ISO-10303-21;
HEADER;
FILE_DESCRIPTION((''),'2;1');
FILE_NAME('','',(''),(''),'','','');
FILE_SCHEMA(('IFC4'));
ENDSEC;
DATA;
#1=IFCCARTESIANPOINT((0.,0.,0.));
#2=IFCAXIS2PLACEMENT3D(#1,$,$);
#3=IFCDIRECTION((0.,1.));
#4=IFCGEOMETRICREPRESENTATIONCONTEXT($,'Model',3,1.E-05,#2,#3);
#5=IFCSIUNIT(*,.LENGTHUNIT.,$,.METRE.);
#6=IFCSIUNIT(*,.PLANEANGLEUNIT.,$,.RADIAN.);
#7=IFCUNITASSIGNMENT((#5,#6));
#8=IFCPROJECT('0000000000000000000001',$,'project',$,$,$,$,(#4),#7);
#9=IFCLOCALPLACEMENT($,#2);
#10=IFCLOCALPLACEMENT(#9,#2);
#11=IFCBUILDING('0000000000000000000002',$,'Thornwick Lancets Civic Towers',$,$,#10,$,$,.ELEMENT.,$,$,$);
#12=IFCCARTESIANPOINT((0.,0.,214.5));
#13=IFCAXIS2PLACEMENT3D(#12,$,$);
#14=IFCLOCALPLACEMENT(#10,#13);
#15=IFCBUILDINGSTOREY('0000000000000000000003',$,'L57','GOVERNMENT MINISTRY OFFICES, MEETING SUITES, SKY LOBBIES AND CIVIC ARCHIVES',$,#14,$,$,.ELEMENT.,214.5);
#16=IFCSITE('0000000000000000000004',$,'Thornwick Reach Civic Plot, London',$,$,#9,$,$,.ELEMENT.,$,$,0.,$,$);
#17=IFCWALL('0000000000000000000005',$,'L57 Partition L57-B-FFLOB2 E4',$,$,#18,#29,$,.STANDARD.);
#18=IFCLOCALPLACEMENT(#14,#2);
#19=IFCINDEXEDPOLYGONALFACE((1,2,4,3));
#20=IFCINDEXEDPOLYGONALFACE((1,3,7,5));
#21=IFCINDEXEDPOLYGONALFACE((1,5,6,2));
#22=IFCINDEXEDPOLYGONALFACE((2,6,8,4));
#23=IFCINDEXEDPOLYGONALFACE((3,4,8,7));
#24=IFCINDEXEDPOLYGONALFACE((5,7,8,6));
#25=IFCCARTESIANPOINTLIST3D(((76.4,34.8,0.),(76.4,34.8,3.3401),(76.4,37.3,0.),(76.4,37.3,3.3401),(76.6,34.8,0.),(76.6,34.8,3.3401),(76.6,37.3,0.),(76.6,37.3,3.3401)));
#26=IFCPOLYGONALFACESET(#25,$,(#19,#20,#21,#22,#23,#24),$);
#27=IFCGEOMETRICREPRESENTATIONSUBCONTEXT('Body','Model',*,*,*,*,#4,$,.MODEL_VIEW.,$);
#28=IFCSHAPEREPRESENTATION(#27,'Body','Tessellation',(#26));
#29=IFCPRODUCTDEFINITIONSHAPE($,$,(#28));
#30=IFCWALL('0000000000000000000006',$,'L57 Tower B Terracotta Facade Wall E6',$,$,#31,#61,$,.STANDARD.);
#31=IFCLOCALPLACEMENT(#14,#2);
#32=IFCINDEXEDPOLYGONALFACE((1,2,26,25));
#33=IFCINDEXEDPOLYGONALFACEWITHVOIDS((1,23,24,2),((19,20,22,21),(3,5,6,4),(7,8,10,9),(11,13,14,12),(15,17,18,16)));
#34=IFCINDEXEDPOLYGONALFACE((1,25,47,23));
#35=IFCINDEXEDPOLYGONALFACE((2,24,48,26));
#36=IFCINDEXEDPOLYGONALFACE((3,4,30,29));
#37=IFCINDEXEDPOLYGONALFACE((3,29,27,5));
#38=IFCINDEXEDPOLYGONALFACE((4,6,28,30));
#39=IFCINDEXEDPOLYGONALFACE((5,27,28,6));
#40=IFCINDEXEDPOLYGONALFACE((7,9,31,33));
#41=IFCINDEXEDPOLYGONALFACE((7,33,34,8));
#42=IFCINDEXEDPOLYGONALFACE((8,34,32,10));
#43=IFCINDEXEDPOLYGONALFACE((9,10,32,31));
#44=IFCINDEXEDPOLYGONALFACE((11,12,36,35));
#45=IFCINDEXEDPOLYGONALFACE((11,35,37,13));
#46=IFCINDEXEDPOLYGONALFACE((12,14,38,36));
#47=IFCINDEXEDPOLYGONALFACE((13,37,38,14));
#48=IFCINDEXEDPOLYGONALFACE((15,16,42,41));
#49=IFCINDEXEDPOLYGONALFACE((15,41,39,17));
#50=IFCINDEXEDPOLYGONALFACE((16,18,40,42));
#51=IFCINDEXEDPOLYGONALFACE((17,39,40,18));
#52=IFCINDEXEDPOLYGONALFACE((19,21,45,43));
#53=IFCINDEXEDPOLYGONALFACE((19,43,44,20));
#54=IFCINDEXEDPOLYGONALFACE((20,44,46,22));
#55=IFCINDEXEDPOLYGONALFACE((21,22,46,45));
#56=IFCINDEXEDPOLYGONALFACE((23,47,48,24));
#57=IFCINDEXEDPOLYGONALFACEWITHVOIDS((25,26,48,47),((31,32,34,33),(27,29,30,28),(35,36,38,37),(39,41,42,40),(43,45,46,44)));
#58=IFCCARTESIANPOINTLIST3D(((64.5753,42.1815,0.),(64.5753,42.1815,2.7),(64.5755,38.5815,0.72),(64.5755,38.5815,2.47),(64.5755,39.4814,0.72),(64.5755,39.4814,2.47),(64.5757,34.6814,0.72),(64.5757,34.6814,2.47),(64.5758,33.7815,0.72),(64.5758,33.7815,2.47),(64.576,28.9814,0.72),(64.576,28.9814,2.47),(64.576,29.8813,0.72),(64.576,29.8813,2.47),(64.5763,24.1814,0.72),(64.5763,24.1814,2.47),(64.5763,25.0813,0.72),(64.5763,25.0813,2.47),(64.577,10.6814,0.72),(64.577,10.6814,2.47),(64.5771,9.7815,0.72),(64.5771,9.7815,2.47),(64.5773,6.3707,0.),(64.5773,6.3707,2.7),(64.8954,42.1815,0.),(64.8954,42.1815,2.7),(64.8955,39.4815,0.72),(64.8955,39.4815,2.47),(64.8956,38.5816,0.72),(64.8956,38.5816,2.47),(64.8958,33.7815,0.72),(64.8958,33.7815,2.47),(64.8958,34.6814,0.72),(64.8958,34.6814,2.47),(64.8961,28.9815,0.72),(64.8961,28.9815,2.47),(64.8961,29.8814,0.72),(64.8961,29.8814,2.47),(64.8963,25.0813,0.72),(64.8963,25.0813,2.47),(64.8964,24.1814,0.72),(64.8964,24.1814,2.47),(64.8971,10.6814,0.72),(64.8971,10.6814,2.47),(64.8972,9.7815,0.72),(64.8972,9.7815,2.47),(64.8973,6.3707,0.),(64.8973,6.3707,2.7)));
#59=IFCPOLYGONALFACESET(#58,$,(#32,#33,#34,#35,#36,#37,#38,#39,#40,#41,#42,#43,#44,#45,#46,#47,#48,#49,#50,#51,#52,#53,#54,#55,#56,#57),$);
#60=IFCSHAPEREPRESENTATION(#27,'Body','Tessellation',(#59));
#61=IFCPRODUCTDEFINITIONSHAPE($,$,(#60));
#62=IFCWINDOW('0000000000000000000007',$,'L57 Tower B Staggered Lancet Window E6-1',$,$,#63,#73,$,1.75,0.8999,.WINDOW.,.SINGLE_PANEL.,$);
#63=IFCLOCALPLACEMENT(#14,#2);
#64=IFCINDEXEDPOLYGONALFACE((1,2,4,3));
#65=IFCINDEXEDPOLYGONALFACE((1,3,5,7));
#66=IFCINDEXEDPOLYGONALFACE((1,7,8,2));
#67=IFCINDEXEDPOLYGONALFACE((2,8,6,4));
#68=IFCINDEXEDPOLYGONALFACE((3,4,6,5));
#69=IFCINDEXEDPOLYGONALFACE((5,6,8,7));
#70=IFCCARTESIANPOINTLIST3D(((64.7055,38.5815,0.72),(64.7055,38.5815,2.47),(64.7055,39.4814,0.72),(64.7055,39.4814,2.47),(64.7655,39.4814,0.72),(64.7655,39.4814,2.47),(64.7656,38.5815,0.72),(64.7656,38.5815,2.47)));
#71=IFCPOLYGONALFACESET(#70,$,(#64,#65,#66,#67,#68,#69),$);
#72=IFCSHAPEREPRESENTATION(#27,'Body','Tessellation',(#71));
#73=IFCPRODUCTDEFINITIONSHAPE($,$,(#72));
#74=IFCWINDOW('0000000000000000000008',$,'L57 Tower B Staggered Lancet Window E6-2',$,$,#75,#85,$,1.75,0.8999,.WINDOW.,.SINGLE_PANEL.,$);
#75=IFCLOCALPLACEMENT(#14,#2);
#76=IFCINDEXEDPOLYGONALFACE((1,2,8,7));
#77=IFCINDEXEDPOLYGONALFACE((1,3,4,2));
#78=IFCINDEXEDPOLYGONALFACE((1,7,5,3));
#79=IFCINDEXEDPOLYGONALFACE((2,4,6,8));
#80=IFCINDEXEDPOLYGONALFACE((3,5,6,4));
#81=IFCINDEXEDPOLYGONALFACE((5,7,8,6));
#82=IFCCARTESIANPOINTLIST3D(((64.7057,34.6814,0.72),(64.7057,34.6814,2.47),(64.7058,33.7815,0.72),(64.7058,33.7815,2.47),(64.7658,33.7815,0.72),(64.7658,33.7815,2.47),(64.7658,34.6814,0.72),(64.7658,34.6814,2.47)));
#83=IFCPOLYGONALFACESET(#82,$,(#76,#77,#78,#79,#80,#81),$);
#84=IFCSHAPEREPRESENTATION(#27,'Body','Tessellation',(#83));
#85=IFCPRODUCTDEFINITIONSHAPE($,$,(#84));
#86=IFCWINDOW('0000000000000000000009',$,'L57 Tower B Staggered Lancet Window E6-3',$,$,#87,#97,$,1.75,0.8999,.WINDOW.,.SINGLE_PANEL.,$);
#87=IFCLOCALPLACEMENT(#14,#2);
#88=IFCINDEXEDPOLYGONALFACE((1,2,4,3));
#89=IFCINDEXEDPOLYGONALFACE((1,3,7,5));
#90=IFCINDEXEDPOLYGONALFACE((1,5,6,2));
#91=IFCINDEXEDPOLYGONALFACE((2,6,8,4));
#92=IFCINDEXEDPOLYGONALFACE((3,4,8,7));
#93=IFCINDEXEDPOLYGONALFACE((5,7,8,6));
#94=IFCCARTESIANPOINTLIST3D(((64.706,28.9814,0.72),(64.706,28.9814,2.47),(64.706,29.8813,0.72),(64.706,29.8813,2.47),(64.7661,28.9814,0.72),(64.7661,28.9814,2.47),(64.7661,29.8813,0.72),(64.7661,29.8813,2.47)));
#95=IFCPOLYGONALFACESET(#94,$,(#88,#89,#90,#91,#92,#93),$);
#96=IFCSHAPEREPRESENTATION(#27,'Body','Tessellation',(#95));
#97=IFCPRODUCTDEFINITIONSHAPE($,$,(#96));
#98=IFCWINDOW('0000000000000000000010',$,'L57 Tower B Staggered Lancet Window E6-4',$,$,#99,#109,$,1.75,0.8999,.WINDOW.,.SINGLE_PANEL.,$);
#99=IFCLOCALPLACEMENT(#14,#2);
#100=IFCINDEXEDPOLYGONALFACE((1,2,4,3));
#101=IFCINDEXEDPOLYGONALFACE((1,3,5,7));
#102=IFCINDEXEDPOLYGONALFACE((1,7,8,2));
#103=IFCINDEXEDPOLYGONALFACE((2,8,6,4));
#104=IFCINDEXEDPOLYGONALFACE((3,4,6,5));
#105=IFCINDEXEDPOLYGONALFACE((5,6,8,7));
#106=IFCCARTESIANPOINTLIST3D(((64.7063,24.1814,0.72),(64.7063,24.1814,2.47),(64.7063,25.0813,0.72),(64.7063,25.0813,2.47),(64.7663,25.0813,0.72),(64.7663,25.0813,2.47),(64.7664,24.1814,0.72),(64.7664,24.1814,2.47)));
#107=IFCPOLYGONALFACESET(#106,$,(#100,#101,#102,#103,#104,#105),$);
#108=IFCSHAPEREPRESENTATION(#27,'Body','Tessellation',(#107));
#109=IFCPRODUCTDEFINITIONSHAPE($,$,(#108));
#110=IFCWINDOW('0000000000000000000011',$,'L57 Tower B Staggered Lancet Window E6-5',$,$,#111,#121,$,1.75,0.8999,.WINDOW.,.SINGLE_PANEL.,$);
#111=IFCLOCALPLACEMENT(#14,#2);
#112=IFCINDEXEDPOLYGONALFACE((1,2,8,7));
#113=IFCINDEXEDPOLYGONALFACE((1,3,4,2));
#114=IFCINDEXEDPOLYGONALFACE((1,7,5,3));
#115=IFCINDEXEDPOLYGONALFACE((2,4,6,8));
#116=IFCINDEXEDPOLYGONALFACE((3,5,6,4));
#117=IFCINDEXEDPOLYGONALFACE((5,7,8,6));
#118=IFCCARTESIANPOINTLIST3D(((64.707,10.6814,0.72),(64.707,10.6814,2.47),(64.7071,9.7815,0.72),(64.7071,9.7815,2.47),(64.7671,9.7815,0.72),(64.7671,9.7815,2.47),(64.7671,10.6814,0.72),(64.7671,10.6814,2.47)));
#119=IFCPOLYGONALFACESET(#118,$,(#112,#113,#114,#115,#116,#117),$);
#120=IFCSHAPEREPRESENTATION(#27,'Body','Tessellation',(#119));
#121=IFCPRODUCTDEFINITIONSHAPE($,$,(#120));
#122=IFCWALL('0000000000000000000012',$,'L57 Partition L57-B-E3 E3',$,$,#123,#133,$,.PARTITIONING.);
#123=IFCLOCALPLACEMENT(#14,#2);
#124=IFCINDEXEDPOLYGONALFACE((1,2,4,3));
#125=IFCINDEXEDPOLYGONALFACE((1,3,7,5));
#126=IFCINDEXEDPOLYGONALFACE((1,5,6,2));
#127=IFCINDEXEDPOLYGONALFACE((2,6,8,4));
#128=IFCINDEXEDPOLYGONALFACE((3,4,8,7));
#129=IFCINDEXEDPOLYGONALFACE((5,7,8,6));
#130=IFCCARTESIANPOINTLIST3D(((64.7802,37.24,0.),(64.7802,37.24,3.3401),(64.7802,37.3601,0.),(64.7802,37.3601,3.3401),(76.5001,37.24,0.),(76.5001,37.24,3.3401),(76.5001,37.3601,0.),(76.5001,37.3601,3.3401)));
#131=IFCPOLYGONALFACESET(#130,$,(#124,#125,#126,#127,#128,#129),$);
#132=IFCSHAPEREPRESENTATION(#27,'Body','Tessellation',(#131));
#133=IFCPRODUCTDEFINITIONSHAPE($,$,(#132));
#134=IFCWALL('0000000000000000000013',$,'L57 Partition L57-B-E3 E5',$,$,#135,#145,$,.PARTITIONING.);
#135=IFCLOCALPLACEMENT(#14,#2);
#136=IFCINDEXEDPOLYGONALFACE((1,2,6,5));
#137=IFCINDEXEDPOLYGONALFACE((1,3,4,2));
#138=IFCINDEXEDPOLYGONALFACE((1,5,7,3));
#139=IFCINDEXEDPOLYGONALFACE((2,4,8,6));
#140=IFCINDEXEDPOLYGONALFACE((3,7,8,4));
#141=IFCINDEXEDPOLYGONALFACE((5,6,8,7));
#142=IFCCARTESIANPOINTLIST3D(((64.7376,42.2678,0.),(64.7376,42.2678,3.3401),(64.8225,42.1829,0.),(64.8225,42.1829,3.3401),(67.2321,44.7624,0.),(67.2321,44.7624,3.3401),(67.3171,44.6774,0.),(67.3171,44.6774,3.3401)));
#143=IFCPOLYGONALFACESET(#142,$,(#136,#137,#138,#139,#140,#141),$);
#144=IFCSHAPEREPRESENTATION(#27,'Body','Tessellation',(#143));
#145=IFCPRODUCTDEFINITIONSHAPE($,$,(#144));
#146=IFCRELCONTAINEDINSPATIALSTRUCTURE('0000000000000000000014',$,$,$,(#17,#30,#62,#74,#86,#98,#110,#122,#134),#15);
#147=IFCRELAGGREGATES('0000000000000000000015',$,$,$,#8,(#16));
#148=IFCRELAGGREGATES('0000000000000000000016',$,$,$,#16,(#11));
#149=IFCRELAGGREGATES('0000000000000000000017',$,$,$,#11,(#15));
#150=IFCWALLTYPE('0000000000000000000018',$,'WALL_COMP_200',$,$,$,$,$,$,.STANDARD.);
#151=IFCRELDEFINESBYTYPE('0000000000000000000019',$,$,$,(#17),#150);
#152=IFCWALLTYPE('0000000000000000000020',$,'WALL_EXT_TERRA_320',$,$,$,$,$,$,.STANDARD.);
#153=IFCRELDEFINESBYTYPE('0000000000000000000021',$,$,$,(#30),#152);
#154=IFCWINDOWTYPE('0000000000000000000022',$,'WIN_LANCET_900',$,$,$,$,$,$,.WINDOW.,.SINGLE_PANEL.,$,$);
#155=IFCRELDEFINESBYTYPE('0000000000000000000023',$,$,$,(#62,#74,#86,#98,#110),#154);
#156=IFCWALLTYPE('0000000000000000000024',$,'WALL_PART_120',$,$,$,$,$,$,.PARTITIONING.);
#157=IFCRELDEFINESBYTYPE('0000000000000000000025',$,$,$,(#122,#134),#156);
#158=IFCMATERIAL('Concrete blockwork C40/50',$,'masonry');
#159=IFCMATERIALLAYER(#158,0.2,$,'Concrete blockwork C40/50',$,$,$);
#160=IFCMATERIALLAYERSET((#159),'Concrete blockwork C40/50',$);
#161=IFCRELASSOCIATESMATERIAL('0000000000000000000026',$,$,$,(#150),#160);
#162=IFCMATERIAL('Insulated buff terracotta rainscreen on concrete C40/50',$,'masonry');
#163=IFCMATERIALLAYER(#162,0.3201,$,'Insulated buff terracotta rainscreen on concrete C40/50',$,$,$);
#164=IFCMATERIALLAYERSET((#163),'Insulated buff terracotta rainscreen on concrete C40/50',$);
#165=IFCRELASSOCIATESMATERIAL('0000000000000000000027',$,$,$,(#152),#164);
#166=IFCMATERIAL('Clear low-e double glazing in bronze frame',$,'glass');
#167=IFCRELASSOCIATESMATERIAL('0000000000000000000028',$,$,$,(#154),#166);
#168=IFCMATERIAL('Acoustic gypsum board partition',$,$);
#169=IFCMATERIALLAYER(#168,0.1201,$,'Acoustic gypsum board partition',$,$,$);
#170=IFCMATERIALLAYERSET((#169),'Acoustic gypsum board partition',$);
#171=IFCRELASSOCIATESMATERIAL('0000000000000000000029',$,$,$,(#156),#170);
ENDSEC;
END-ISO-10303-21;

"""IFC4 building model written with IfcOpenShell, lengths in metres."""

from ifc_helpers import new_model, si_unit, direction, frame, frame_2d, origin, place, context, subcontext, project, spatial, rectangle, extrude, material, layer, layer_set, type_object, element, fill, save


model = new_model("IFC4")

# Units and contexts
model_context = context("Model", 3, precision=1e-05, world=origin(), true_north=direction((0.0, 1.0)))
body_context = subcontext(model_context, "Body", "Model", "MODEL_VIEW")
ifc_project = project(units=[si_unit("LENGTHUNIT", "METRE"), si_unit("PLANEANGLEUNIT", "RADIAN")], contexts=[model_context])

# Site, building, storey
site_placement = place(None, origin())
site = spatial("IfcSite", under=ifc_project, at=site_placement, Name="Thornwick Reach Civic Plot, London", CompositionType="ELEMENT", RefElevation=0.0)
building_placement = place(site_placement, origin())
building = spatial("IfcBuilding", under=site, at=building_placement, Name="Thornwick Lancets Civic Towers", CompositionType="ELEMENT")
storey_placement = place(building_placement, frame((0.0, 0.0, 214.5)))
storey = spatial("IfcBuildingStorey", under=building, at=storey_placement, Name="L57", Description="GOVERNMENT MINISTRY OFFICES, MEETING SUITES, SKY LOBBIES AND CIVIC ARCHIVES", CompositionType="ELEMENT", Elevation=214.5)

# Wall
ifc_material_1 = material(Name="Concrete blockwork C40/50", Category="masonry")
ifc_layer_1 = layer(ifc_material_1, 0.2, Name="Concrete blockwork C40/50")
ifc_layer_set_1 = layer_set([ifc_layer_1], Name="Concrete blockwork C40/50")
wall_type_1 = type_object("IfcWallType", Name="WALL_COMP_200", PredefinedType="STANDARD", material=ifc_layer_set_1)
wall_1_placement = place(storey_placement, frame((76.5, 37.3, 0.0), z_axis=(0.0, 0.0, 1.0), x_axis=(0.0, -1.0, 0.0)))
element("IfcWall", 1, at=wall_1_placement, inside=storey, type_object=wall_type_1, Name="L57 Partition L57-B-FFLOB2 E4", PredefinedType="STANDARD", context=body_context, shape_type="SweptSolid", body=[
    extrude(rectangle(XDim=2.5, YDim=0.2, at=frame_2d((1.25, 0.0))), origin(), (0.0, 0.0, 1.0), 3.3401),
])

# Wall, openings, windows
ifc_material_2 = material(Name="Insulated buff terracotta rainscreen on concrete C40/50", Category="masonry")
ifc_layer_2 = layer(ifc_material_2, 0.3201, Name="Insulated buff terracotta rainscreen on concrete C40/50")
ifc_layer_set_2 = layer_set([ifc_layer_2], Name="Insulated buff terracotta rainscreen on concrete C40/50")
wall_type_2 = type_object("IfcWallType", Name="WALL_EXT_TERRA_320", PredefinedType="STANDARD", material=ifc_layer_set_2)
wall_2_placement = place(storey_placement, frame((64.7354, 42.1814, 0.0), z_axis=(0.0, 0.0, 1.0), x_axis=(0.000055, -1.0, 0.0)))
wall_2 = element("IfcWall", 2, at=wall_2_placement, inside=storey, type_object=wall_type_2, Name="L57 Tower B Terracotta Facade Wall E6", PredefinedType="STANDARD", context=body_context, shape_type="SweptSolid", body=[
    extrude(rectangle(XDim=35.8108, YDim=0.3201, at=frame_2d((17.9053, 0.0))), origin(), (0.0, 0.0, 1.0), 2.7),
])
opening_1_placement = place(wall_2_placement, frame((2.7, 0.0, 0.72)))
opening_1 = element("IfcOpeningElement", 3, at=opening_1_placement, cuts=wall_2, PredefinedType="OPENING", context=body_context, shape_type="SweptSolid", body=[
    extrude(rectangle(XDim=0.8999, YDim=1.75, at=frame_2d((0.45, 0.875))), frame((0.0, 0.1699, 0.0), z_axis=(0.0, -1.0, 0.0), x_axis=(1.0, 0.0, 0.0)), (0.0, 0.0, 1.0), 0.3401),
])
opening_2_placement = place(wall_2_placement, frame((7.5, 0.0, 0.72)))
opening_2 = element("IfcOpeningElement", 4, at=opening_2_placement, cuts=wall_2, PredefinedType="OPENING", context=body_context, shape_type="SweptSolid", body=[
    extrude(rectangle(XDim=0.8999, YDim=1.75, at=frame_2d((0.45, 0.875))), frame((0.0, 0.1699, 0.0), z_axis=(0.0, -1.0, 0.0), x_axis=(1.0, 0.0, 0.0)), (0.0, 0.0, 1.0), 0.3401),
])
opening_3_placement = place(wall_2_placement, frame((12.3, 0.0, 0.72)))
opening_3 = element("IfcOpeningElement", 5, at=opening_3_placement, cuts=wall_2, PredefinedType="OPENING", context=body_context, shape_type="SweptSolid", body=[
    extrude(rectangle(XDim=0.8999, YDim=1.75, at=frame_2d((0.45, 0.875))), frame((0.0, 0.1699, 0.0), z_axis=(0.0, -1.0, 0.0), x_axis=(1.0, 0.0, 0.0)), (0.0, 0.0, 1.0), 0.3401),
])
opening_4_placement = place(wall_2_placement, frame((17.1001, 0.0, 0.72)))
opening_4 = element("IfcOpeningElement", 6, at=opening_4_placement, cuts=wall_2, PredefinedType="OPENING", context=body_context, shape_type="SweptSolid", body=[
    extrude(rectangle(XDim=0.8999, YDim=1.75, at=frame_2d((0.45, 0.875))), frame((0.0, 0.1699, 0.0), z_axis=(0.0, -1.0, 0.0), x_axis=(1.0, 0.0, 0.0)), (0.0, 0.0, 1.0), 0.3401),
])
opening_5_placement = place(wall_2_placement, frame((31.5, 0.0, 0.72)))
opening_5 = element("IfcOpeningElement", 7, at=opening_5_placement, cuts=wall_2, PredefinedType="OPENING", context=body_context, shape_type="SweptSolid", body=[
    extrude(rectangle(XDim=0.8999, YDim=1.75, at=frame_2d((0.45, 0.875))), frame((0.0, 0.1699, 0.0), z_axis=(0.0, -1.0, 0.0), x_axis=(1.0, 0.0, 0.0)), (0.0, 0.0, 1.0), 0.3401),
])
ifc_material_3 = material(Name="Clear low-e double glazing in bronze frame", Category="glass")
window_type = type_object("IfcWindowType", Name="WIN_LANCET_900", PartitioningType="SINGLE_PANEL", PredefinedType="WINDOW", material=ifc_material_3)
window_1_placement = place(opening_1_placement, origin())
window_1 = element("IfcWindow", 8, at=window_1_placement, inside=storey, type_object=window_type, Name="L57 Tower B Staggered Lancet Window E6-1", OverallHeight=1.75, OverallWidth=0.8999, PartitioningType="SINGLE_PANEL", PredefinedType="WINDOW", context=body_context, shape_type="SweptSolid", body=[
    extrude(rectangle(XDim=0.8999, YDim=1.75, at=frame_2d((0.45, 0.875))), frame((0.0, 0.03, 0.0), z_axis=(0.0, -1.0, 0.0), x_axis=(1.0, 0.0, 0.0)), (0.0, 0.0, 1.0), 0.0601),
])
fill(opening_1, window_1)
window_2_placement = place(opening_2_placement, origin())
window_2 = element("IfcWindow", 9, at=window_2_placement, inside=storey, type_object=window_type, Name="L57 Tower B Staggered Lancet Window E6-2", OverallHeight=1.75, OverallWidth=0.8999, PartitioningType="SINGLE_PANEL", PredefinedType="WINDOW", context=body_context, shape_type="SweptSolid", body=[
    extrude(rectangle(XDim=0.8999, YDim=1.75, at=frame_2d((0.45, 0.875))), frame((0.0, 0.03, 0.0), z_axis=(0.0, -1.0, 0.0), x_axis=(1.0, 0.0, 0.0)), (0.0, 0.0, 1.0), 0.0601),
])
fill(opening_2, window_2)
window_3_placement = place(opening_3_placement, origin())
window_3 = element("IfcWindow", 10, at=window_3_placement, inside=storey, type_object=window_type, Name="L57 Tower B Staggered Lancet Window E6-3", OverallHeight=1.75, OverallWidth=0.8999, PartitioningType="SINGLE_PANEL", PredefinedType="WINDOW", context=body_context, shape_type="SweptSolid", body=[
    extrude(rectangle(XDim=0.8999, YDim=1.75, at=frame_2d((0.45, 0.875))), frame((0.0, 0.03, 0.0), z_axis=(0.0, -1.0, 0.0), x_axis=(1.0, 0.0, 0.0)), (0.0, 0.0, 1.0), 0.0601),
])
fill(opening_3, window_3)
window_4_placement = place(opening_4_placement, origin())
window_4 = element("IfcWindow", 11, at=window_4_placement, inside=storey, type_object=window_type, Name="L57 Tower B Staggered Lancet Window E6-4", OverallHeight=1.75, OverallWidth=0.8999, PartitioningType="SINGLE_PANEL", PredefinedType="WINDOW", context=body_context, shape_type="SweptSolid", body=[
    extrude(rectangle(XDim=0.8999, YDim=1.75, at=frame_2d((0.45, 0.875))), frame((0.0, 0.03, 0.0), z_axis=(0.0, -1.0, 0.0), x_axis=(1.0, 0.0, 0.0)), (0.0, 0.0, 1.0), 0.0601),
])
fill(opening_4, window_4)
window_5_placement = place(opening_5_placement, origin())
window_5 = element("IfcWindow", 12, at=window_5_placement, inside=storey, type_object=window_type, Name="L57 Tower B Staggered Lancet Window E6-5", OverallHeight=1.75, OverallWidth=0.8999, PartitioningType="SINGLE_PANEL", PredefinedType="WINDOW", context=body_context, shape_type="SweptSolid", body=[
    extrude(rectangle(XDim=0.8999, YDim=1.75, at=frame_2d((0.45, 0.875))), frame((0.0, 0.03, 0.0), z_axis=(0.0, -1.0, 0.0), x_axis=(1.0, 0.0, 0.0)), (0.0, 0.0, 1.0), 0.0601),
])
fill(opening_5, window_5)

# Walls
ifc_material_4 = material(Name="Acoustic gypsum board partition")
ifc_layer_3 = layer(ifc_material_4, 0.1201, Name="Acoustic gypsum board partition")
ifc_layer_set_3 = layer_set([ifc_layer_3], Name="Acoustic gypsum board partition")
wall_type_3 = type_object("IfcWallType", Name="WALL_PART_120", PredefinedType="PARTITIONING", material=ifc_layer_set_3)
wall_3_placement = place(storey_placement, frame((76.5, 37.3, 0.0), z_axis=(0.0, 0.0, 1.0), x_axis=(-1.0, 0.0, 0.0)))
element("IfcWall", 13, at=wall_3_placement, inside=storey, type_object=wall_type_3, Name="L57 Partition L57-B-E3 E3", PredefinedType="PARTITIONING", context=body_context, shape_type="SweptSolid", body=[
    extrude(rectangle(XDim=11.72, YDim=0.1201, at=frame_2d((5.8599, 0.0))), origin(), (0.0, 0.0, 1.0), 3.3401),
])
wall_4_placement = place(storey_placement, frame((64.78, 42.2253, 0.0), z_axis=(0.0, 0.0, 1.0), x_axis=(0.707107, 0.707107, 0.0)))
element("IfcWall", 14, at=wall_4_placement, inside=storey, type_object=wall_type_3, Name="L57 Partition L57-B-E3 E5", PredefinedType="PARTITIONING", context=body_context, shape_type="SweptSolid", body=[
    extrude(rectangle(XDim=3.5278, YDim=0.1201, at=frame_2d((1.7639, 0.0))), origin(), (0.0, 0.0, 1.0), 3.3401),
])

save(model, "model.ifc")
